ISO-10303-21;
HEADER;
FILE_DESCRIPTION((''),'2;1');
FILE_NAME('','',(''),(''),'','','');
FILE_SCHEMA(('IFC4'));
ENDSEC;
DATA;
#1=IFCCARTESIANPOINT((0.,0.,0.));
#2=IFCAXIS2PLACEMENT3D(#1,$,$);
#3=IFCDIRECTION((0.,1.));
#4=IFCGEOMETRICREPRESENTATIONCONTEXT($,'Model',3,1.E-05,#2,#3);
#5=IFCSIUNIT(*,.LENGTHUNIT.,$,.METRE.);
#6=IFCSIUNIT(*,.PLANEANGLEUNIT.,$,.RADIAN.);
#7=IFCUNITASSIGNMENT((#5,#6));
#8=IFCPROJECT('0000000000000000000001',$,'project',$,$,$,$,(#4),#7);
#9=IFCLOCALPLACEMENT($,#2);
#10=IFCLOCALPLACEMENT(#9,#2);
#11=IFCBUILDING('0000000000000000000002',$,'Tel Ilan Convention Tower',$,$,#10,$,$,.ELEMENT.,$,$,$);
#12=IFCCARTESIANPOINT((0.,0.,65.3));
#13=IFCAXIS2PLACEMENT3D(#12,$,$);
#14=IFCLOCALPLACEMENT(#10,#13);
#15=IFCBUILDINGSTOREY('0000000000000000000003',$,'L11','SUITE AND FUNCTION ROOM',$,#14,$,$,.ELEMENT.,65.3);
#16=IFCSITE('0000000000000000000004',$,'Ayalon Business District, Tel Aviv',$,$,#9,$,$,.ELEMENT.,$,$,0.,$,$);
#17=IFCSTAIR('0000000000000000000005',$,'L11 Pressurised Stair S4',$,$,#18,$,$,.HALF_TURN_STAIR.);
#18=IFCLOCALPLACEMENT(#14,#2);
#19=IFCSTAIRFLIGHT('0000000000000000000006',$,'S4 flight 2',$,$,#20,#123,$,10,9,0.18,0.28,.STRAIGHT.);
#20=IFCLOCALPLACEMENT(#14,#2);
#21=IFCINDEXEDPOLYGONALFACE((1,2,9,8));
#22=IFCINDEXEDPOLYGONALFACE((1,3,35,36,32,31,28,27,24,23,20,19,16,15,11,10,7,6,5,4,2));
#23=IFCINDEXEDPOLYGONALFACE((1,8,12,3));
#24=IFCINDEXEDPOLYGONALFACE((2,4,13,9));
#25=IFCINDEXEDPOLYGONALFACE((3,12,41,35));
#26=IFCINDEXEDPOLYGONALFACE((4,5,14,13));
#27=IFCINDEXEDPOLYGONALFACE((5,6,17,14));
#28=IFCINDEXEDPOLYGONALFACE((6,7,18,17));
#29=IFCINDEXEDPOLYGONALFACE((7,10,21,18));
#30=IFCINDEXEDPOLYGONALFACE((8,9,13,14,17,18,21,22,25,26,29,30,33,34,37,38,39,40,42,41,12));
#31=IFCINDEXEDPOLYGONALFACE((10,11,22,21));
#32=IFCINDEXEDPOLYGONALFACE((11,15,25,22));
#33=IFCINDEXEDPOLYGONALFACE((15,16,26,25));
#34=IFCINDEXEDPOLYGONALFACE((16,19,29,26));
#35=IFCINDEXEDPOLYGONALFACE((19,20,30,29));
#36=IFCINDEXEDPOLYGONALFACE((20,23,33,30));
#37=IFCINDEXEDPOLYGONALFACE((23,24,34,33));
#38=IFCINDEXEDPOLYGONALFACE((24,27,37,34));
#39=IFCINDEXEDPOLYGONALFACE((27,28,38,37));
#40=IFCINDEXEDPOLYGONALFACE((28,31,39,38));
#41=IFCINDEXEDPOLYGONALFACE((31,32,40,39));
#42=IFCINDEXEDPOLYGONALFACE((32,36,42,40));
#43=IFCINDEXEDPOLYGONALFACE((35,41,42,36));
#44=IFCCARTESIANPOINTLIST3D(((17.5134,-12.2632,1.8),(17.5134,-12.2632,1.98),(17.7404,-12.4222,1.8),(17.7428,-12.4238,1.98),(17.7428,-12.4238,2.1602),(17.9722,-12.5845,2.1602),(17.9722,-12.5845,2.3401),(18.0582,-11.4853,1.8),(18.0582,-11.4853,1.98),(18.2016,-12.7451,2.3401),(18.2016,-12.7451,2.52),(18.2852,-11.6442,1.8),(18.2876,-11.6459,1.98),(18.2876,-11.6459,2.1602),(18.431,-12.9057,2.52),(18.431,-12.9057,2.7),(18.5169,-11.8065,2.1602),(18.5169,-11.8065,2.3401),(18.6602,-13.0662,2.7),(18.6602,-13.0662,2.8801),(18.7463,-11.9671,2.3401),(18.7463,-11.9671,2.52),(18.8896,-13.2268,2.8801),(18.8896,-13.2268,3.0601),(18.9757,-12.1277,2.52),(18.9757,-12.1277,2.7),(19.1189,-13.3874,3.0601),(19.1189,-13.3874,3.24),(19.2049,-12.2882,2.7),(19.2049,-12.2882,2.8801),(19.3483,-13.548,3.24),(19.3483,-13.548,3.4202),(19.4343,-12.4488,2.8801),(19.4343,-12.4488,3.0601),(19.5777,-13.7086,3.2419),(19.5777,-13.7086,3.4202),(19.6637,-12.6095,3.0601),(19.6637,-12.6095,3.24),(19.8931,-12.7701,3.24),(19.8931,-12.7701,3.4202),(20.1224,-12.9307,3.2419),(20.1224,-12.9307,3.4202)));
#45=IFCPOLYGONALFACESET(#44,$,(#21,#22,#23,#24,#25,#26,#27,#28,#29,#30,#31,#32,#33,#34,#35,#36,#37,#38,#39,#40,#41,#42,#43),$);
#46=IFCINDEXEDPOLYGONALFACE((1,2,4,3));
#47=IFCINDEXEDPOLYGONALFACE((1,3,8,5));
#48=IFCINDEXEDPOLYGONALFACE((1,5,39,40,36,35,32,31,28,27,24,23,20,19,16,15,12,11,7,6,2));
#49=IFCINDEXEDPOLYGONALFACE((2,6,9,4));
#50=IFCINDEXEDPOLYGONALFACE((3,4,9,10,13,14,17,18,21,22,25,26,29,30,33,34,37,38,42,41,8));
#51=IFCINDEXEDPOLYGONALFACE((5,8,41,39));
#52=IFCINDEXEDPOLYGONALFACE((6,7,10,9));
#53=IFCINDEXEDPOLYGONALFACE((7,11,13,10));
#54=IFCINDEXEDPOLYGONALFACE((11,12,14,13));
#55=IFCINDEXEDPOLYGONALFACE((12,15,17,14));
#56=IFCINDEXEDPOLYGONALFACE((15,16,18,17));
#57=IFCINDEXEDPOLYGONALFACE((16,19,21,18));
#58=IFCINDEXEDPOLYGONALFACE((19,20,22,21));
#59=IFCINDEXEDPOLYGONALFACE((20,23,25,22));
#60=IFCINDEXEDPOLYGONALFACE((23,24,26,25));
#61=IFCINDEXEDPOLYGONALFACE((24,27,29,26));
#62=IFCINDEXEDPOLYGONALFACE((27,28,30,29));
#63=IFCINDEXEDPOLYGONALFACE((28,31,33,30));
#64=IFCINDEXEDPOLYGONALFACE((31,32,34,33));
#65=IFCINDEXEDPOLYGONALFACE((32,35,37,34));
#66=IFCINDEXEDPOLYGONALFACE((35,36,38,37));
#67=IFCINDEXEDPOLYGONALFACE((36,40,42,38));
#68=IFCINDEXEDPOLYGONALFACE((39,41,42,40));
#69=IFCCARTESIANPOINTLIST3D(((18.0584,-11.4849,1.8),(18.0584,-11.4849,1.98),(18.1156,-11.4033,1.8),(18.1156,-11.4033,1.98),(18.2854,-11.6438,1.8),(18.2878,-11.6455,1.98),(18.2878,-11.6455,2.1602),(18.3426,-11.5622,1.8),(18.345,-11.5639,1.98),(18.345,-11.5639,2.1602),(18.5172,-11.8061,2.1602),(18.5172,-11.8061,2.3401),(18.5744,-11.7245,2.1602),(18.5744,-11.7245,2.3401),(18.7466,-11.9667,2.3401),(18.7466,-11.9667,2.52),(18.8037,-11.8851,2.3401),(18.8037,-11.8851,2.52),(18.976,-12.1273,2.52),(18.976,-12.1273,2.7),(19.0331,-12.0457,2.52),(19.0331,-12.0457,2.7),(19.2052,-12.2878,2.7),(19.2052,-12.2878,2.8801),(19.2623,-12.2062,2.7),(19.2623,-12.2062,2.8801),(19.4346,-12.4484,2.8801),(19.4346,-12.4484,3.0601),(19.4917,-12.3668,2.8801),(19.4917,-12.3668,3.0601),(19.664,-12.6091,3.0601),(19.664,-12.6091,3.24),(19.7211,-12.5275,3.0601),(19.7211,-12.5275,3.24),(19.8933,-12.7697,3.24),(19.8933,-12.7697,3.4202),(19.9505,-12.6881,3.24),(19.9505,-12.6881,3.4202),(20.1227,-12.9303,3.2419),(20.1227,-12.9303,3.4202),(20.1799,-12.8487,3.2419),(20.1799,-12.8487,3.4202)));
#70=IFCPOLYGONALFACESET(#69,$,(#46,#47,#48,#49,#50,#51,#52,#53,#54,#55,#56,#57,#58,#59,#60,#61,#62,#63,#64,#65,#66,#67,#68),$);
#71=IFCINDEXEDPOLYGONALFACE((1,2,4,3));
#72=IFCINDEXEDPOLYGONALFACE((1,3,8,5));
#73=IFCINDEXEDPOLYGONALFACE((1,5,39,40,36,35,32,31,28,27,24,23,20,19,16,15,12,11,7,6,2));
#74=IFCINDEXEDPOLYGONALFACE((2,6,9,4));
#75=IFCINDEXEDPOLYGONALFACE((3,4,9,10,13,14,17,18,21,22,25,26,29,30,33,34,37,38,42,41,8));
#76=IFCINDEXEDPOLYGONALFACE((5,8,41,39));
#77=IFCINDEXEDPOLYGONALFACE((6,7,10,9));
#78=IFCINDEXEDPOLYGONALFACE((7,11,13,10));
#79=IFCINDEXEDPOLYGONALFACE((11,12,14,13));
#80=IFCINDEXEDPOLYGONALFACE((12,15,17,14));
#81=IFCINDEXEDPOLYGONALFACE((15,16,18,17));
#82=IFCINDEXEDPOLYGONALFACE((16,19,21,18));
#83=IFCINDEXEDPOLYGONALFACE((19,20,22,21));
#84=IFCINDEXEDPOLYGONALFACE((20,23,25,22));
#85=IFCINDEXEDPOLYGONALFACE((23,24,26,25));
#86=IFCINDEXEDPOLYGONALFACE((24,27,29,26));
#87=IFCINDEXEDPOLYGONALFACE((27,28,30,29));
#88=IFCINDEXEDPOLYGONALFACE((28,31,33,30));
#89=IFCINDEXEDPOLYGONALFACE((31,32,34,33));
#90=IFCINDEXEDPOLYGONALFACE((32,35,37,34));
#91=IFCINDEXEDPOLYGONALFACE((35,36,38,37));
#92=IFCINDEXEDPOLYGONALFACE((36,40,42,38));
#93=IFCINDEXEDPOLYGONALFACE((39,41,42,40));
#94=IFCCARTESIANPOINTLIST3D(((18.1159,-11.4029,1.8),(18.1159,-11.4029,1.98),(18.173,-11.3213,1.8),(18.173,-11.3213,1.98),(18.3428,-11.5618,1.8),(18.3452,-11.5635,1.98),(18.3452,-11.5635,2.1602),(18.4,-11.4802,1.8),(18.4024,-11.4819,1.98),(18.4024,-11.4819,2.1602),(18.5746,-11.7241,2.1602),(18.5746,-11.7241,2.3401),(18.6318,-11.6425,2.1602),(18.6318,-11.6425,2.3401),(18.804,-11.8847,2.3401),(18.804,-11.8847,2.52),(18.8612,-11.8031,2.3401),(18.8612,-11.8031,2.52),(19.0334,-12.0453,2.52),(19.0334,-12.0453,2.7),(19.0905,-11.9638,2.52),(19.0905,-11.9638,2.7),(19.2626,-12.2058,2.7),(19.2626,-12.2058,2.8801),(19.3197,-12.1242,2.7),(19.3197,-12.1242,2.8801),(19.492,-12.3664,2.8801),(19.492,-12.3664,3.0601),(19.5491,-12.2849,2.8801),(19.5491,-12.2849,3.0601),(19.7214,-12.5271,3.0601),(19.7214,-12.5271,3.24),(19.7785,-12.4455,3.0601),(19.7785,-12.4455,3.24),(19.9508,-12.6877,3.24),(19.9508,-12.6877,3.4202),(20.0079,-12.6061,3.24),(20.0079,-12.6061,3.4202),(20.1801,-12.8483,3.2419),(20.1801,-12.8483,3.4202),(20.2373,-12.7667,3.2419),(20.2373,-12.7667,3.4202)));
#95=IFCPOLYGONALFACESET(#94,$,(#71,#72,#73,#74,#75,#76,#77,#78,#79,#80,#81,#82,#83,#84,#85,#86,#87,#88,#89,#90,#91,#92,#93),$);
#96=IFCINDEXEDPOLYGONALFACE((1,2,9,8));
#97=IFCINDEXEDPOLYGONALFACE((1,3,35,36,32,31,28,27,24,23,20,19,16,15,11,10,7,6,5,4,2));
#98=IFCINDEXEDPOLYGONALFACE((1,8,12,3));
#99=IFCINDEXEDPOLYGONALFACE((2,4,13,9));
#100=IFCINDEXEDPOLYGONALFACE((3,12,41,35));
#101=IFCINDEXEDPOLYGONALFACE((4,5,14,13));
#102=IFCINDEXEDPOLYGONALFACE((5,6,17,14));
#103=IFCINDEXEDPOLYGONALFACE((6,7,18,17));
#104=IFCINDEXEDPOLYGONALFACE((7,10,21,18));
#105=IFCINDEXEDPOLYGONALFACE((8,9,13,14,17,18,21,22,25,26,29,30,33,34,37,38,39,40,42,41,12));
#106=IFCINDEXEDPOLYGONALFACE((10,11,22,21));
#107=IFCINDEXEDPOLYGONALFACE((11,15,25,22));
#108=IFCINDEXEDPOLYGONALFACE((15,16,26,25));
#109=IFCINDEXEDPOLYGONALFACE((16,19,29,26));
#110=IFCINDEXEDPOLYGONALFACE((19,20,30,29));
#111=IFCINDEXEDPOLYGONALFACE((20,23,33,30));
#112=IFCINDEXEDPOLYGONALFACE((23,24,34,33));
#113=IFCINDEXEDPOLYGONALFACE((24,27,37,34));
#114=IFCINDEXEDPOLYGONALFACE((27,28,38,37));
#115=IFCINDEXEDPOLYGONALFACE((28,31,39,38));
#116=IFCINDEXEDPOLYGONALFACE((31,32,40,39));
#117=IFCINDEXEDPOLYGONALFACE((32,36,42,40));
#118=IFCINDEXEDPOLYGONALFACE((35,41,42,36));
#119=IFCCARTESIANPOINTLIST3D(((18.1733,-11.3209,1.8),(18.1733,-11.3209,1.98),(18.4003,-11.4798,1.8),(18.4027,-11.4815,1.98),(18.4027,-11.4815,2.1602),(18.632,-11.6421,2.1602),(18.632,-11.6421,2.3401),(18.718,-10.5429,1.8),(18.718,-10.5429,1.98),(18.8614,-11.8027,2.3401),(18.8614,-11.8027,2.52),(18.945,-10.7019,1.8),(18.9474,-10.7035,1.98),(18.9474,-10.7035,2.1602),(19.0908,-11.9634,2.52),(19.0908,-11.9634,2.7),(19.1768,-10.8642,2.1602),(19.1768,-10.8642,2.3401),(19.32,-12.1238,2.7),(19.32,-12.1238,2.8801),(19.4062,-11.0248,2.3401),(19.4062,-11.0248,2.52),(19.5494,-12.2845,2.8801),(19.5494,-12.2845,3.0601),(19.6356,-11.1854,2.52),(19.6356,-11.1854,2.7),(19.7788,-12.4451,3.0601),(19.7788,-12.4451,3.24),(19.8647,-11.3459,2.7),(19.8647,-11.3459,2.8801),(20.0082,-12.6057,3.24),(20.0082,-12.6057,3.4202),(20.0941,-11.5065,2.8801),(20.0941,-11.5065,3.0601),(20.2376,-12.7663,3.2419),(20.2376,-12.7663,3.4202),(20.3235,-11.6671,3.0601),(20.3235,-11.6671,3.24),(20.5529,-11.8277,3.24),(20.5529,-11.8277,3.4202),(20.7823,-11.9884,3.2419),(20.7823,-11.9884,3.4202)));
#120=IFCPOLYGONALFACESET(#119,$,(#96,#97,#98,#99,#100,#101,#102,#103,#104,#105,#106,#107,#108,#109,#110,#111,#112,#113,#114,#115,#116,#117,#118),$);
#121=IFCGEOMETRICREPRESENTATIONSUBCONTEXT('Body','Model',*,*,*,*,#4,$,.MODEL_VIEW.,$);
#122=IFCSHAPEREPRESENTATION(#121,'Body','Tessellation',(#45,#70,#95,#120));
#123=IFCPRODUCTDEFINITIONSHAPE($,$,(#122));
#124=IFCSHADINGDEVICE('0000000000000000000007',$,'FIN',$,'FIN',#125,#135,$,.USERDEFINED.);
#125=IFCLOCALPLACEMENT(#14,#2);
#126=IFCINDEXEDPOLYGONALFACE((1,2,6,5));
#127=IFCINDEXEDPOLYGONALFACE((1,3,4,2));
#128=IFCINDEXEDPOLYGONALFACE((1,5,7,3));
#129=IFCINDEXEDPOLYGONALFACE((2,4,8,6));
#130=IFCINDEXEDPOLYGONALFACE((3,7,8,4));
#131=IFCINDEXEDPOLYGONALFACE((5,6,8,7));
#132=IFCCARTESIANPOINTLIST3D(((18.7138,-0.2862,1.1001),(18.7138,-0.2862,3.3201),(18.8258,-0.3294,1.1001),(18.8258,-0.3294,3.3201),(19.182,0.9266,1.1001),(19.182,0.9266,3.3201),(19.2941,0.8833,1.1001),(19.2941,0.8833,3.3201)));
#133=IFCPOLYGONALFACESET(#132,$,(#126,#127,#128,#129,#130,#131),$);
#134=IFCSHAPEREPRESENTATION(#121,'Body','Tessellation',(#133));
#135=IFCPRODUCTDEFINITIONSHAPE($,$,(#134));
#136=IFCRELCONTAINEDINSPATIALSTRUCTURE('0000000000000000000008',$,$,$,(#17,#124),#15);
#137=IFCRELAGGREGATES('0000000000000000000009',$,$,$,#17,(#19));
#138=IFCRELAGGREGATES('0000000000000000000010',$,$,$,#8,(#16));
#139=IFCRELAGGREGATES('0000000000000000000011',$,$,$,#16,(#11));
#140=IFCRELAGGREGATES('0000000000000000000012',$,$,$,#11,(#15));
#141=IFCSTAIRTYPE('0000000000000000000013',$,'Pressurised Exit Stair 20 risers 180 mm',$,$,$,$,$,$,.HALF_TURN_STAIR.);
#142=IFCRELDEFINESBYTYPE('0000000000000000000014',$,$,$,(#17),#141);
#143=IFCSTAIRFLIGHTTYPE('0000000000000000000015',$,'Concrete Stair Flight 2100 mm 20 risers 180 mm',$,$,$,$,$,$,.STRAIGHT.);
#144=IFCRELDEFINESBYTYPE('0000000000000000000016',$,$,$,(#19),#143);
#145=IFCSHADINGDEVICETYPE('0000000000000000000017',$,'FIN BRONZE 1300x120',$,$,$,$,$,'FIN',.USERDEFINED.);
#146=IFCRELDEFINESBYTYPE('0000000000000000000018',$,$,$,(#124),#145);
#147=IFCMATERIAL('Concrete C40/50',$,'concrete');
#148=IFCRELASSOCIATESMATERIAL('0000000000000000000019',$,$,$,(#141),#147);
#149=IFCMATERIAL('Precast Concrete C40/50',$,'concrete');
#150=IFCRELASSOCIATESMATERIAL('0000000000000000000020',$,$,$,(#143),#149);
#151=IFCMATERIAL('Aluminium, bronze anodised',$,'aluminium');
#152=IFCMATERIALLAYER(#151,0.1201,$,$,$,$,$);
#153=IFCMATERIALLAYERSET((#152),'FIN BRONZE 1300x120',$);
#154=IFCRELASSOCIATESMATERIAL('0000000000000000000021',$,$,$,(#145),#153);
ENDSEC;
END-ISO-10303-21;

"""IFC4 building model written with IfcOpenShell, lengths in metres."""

from ifc_helpers import new_model, si_unit, direction, frame, origin, origin_2d, place, context, subcontext, project, spatial, polyline, rectangle, outline, extrude, material, layer, layer_set, type_object, element, aggregate, save


model = new_model("IFC4")

# Units and contexts
model_context = context("Model", 3, precision=1e-05, world=origin(), true_north=direction((0.0, 1.0)))
body_context = subcontext(model_context, "Body", "Model", "MODEL_VIEW")
ifc_project = project(units=[si_unit("LENGTHUNIT", "METRE"), si_unit("PLANEANGLEUNIT", "RADIAN")], contexts=[model_context])

# Site, building, storey
site_placement = place(None, origin())
site = spatial("IfcSite", under=ifc_project, at=site_placement, Name="Ayalon Business District, Tel Aviv", CompositionType="ELEMENT", RefElevation=0.0)
building_placement = place(site_placement, origin())
building = spatial("IfcBuilding", under=site, at=building_placement, Name="Tel Ilan Convention Tower", CompositionType="ELEMENT")
storey_placement = place(building_placement, frame((0.0, 0.0, 65.3)))
storey = spatial("IfcBuildingStorey", under=building, at=storey_placement, Name="L11", Description="SUITE AND FUNCTION ROOM", CompositionType="ELEMENT", Elevation=65.3)

# Shared definitions
ifc_material_1 = material(Name="Concrete C40/50", Category="concrete")
stair_type = type_object("IfcStairType", Name="Pressurised Exit Stair 20 risers 180 mm", PredefinedType="HALF_TURN_STAIR", material=ifc_material_1)
ifc_material_2 = material(Name="Precast Concrete C40/50", Category="concrete")
stair_flight_type = type_object("IfcStairFlightType", Name="Concrete Stair Flight 2100 mm 20 risers 180 mm", PredefinedType="STRAIGHT", material=ifc_material_2)

# Stair, stair flight
stair_1_placement = place(storey_placement, origin())
stair_1 = element("IfcStair", 1, at=stair_1_placement, inside=storey, type_object=stair_type, Name="L11 Pressurised Stair S4", PredefinedType="HALF_TURN_STAIR")
stair_flight_1_placement = place(storey_placement, frame((18.1157, -11.4031, 1.8), z_axis=(0.0, 0.0, 1.0), x_axis=(0.819152, -0.573576, 0.0)))
stair_flight_1 = element("IfcStairFlight", 2, at=stair_flight_1_placement, type_object=stair_flight_type, Name="S4 flight 2", NumberOfRisers=10, NumberOfTreads=9, PredefinedType="STRAIGHT", RiserHeight=0.18, TreadLength=0.28, context=body_context, shape_type="SweptSolid", body=[
    extrude(outline(polyline([(0.0, 0.0), (0.0, 0.1799), (0.28, 0.1799), (0.28, 0.3601), (0.5601, 0.3601), (0.5601, 0.54), (0.8401, 0.54), (0.8401, 0.72), (1.1201, 0.72), (1.1201, 0.8999), (1.3999, 0.8999), (1.3999, 1.0801), (1.6799, 1.0801), (1.6799, 1.26), (1.96, 1.26), (1.96, 1.4399), (2.24, 1.4399), (2.24, 1.6201), (2.52, 1.6201), (2.52, 1.8), (2.52, 1.4419), (0.2771, 0.0), (0.0, 0.0)])), frame((0.0, -0.1003, 0.0), z_axis=(0.0, -1.0, 0.0), x_axis=(1.0, 0.0, 0.0)), (0.0, 0.0, 1.0), 0.9497),
    extrude(outline(polyline([(0.0, 0.0), (0.0, 0.1799), (0.28, 0.1799), (0.28, 0.3601), (0.5601, 0.3601), (0.5601, 0.54), (0.8401, 0.54), (0.8401, 0.72), (1.1201, 0.72), (1.1201, 0.8999), (1.3999, 0.8999), (1.3999, 1.0801), (1.6799, 1.0801), (1.6799, 1.26), (1.96, 1.26), (1.96, 1.4399), (2.24, 1.4399), (2.24, 1.6201), (2.52, 1.6201), (2.52, 1.8), (2.52, 1.4419), (0.2771, 0.0), (0.0, 0.0)])), frame((0.0, -0.0002, 0.0), z_axis=(0.0, -1.0, 0.0), x_axis=(1.0, 0.0, 0.0)), (0.0, 0.0, 1.0), 0.0996),
    extrude(outline(polyline([(0.0, 0.0), (0.0, 0.1799), (0.28, 0.1799), (0.28, 0.3601), (0.5601, 0.3601), (0.5601, 0.54), (0.8401, 0.54), (0.8401, 0.72), (1.1201, 0.72), (1.1201, 0.8999), (1.3999, 0.8999), (1.3999, 1.0801), (1.6799, 1.0801), (1.6799, 1.26), (1.96, 1.26), (1.96, 1.4399), (2.24, 1.4399), (2.24, 1.6201), (2.52, 1.6201), (2.52, 1.8), (2.52, 1.4419), (0.2771, 0.0), (0.0, 0.0)])), frame((0.0, 0.0999, 0.0), z_axis=(0.0, -1.0, 0.0), x_axis=(1.0, 0.0, 0.0)), (0.0, 0.0, 1.0), 0.0996),
    extrude(outline(polyline([(0.0, 0.0), (0.0, 0.1799), (0.28, 0.1799), (0.28, 0.3601), (0.5601, 0.3601), (0.5601, 0.54), (0.8401, 0.54), (0.8401, 0.72), (1.1201, 0.72), (1.1201, 0.8999), (1.3999, 0.8999), (1.3999, 1.0801), (1.6799, 1.0801), (1.6799, 1.26), (1.96, 1.26), (1.96, 1.4399), (2.24, 1.4399), (2.24, 1.6201), (2.52, 1.6201), (2.52, 1.8), (2.52, 1.4419), (0.2771, 0.0), (0.0, 0.0)])), frame((0.0, 1.05, 0.0), z_axis=(0.0, -1.0, 0.0), x_axis=(1.0, 0.0, 0.0)), (0.0, 0.0, 1.0), 0.9497),
])
aggregate(stair_1, [stair_flight_1])

# Shading device
ifc_material_3 = material(Name="Aluminium, bronze anodised", Category="aluminium")
ifc_layer_1 = layer(ifc_material_3, 0.1201)
ifc_layer_set_1 = layer_set([ifc_layer_1], Name="FIN BRONZE 1300x120")
shading_device_type = type_object("IfcShadingDeviceType", Name="FIN BRONZE 1300x120", ElementType="FIN", PredefinedType="USERDEFINED", material=ifc_layer_set_1)
shading_device_placement = place(storey_placement, frame((19.0039, 0.2986, 1.1001), z_axis=(0.0, 0.0, 1.0), x_axis=(0.360178, 0.932884, 0.0)))
element("IfcShadingDevice", 3, at=shading_device_placement, inside=storey, type_object=shading_device_type, Name="FIN", ObjectType="FIN", PredefinedType="USERDEFINED", context=body_context, shape_type="SweptSolid", body=[
    extrude(rectangle(XDim=1.3, YDim=0.1201, at=origin_2d()), origin(), (0.0, 0.0, 1.0), 2.22),
])

save(model, "model.ifc")
